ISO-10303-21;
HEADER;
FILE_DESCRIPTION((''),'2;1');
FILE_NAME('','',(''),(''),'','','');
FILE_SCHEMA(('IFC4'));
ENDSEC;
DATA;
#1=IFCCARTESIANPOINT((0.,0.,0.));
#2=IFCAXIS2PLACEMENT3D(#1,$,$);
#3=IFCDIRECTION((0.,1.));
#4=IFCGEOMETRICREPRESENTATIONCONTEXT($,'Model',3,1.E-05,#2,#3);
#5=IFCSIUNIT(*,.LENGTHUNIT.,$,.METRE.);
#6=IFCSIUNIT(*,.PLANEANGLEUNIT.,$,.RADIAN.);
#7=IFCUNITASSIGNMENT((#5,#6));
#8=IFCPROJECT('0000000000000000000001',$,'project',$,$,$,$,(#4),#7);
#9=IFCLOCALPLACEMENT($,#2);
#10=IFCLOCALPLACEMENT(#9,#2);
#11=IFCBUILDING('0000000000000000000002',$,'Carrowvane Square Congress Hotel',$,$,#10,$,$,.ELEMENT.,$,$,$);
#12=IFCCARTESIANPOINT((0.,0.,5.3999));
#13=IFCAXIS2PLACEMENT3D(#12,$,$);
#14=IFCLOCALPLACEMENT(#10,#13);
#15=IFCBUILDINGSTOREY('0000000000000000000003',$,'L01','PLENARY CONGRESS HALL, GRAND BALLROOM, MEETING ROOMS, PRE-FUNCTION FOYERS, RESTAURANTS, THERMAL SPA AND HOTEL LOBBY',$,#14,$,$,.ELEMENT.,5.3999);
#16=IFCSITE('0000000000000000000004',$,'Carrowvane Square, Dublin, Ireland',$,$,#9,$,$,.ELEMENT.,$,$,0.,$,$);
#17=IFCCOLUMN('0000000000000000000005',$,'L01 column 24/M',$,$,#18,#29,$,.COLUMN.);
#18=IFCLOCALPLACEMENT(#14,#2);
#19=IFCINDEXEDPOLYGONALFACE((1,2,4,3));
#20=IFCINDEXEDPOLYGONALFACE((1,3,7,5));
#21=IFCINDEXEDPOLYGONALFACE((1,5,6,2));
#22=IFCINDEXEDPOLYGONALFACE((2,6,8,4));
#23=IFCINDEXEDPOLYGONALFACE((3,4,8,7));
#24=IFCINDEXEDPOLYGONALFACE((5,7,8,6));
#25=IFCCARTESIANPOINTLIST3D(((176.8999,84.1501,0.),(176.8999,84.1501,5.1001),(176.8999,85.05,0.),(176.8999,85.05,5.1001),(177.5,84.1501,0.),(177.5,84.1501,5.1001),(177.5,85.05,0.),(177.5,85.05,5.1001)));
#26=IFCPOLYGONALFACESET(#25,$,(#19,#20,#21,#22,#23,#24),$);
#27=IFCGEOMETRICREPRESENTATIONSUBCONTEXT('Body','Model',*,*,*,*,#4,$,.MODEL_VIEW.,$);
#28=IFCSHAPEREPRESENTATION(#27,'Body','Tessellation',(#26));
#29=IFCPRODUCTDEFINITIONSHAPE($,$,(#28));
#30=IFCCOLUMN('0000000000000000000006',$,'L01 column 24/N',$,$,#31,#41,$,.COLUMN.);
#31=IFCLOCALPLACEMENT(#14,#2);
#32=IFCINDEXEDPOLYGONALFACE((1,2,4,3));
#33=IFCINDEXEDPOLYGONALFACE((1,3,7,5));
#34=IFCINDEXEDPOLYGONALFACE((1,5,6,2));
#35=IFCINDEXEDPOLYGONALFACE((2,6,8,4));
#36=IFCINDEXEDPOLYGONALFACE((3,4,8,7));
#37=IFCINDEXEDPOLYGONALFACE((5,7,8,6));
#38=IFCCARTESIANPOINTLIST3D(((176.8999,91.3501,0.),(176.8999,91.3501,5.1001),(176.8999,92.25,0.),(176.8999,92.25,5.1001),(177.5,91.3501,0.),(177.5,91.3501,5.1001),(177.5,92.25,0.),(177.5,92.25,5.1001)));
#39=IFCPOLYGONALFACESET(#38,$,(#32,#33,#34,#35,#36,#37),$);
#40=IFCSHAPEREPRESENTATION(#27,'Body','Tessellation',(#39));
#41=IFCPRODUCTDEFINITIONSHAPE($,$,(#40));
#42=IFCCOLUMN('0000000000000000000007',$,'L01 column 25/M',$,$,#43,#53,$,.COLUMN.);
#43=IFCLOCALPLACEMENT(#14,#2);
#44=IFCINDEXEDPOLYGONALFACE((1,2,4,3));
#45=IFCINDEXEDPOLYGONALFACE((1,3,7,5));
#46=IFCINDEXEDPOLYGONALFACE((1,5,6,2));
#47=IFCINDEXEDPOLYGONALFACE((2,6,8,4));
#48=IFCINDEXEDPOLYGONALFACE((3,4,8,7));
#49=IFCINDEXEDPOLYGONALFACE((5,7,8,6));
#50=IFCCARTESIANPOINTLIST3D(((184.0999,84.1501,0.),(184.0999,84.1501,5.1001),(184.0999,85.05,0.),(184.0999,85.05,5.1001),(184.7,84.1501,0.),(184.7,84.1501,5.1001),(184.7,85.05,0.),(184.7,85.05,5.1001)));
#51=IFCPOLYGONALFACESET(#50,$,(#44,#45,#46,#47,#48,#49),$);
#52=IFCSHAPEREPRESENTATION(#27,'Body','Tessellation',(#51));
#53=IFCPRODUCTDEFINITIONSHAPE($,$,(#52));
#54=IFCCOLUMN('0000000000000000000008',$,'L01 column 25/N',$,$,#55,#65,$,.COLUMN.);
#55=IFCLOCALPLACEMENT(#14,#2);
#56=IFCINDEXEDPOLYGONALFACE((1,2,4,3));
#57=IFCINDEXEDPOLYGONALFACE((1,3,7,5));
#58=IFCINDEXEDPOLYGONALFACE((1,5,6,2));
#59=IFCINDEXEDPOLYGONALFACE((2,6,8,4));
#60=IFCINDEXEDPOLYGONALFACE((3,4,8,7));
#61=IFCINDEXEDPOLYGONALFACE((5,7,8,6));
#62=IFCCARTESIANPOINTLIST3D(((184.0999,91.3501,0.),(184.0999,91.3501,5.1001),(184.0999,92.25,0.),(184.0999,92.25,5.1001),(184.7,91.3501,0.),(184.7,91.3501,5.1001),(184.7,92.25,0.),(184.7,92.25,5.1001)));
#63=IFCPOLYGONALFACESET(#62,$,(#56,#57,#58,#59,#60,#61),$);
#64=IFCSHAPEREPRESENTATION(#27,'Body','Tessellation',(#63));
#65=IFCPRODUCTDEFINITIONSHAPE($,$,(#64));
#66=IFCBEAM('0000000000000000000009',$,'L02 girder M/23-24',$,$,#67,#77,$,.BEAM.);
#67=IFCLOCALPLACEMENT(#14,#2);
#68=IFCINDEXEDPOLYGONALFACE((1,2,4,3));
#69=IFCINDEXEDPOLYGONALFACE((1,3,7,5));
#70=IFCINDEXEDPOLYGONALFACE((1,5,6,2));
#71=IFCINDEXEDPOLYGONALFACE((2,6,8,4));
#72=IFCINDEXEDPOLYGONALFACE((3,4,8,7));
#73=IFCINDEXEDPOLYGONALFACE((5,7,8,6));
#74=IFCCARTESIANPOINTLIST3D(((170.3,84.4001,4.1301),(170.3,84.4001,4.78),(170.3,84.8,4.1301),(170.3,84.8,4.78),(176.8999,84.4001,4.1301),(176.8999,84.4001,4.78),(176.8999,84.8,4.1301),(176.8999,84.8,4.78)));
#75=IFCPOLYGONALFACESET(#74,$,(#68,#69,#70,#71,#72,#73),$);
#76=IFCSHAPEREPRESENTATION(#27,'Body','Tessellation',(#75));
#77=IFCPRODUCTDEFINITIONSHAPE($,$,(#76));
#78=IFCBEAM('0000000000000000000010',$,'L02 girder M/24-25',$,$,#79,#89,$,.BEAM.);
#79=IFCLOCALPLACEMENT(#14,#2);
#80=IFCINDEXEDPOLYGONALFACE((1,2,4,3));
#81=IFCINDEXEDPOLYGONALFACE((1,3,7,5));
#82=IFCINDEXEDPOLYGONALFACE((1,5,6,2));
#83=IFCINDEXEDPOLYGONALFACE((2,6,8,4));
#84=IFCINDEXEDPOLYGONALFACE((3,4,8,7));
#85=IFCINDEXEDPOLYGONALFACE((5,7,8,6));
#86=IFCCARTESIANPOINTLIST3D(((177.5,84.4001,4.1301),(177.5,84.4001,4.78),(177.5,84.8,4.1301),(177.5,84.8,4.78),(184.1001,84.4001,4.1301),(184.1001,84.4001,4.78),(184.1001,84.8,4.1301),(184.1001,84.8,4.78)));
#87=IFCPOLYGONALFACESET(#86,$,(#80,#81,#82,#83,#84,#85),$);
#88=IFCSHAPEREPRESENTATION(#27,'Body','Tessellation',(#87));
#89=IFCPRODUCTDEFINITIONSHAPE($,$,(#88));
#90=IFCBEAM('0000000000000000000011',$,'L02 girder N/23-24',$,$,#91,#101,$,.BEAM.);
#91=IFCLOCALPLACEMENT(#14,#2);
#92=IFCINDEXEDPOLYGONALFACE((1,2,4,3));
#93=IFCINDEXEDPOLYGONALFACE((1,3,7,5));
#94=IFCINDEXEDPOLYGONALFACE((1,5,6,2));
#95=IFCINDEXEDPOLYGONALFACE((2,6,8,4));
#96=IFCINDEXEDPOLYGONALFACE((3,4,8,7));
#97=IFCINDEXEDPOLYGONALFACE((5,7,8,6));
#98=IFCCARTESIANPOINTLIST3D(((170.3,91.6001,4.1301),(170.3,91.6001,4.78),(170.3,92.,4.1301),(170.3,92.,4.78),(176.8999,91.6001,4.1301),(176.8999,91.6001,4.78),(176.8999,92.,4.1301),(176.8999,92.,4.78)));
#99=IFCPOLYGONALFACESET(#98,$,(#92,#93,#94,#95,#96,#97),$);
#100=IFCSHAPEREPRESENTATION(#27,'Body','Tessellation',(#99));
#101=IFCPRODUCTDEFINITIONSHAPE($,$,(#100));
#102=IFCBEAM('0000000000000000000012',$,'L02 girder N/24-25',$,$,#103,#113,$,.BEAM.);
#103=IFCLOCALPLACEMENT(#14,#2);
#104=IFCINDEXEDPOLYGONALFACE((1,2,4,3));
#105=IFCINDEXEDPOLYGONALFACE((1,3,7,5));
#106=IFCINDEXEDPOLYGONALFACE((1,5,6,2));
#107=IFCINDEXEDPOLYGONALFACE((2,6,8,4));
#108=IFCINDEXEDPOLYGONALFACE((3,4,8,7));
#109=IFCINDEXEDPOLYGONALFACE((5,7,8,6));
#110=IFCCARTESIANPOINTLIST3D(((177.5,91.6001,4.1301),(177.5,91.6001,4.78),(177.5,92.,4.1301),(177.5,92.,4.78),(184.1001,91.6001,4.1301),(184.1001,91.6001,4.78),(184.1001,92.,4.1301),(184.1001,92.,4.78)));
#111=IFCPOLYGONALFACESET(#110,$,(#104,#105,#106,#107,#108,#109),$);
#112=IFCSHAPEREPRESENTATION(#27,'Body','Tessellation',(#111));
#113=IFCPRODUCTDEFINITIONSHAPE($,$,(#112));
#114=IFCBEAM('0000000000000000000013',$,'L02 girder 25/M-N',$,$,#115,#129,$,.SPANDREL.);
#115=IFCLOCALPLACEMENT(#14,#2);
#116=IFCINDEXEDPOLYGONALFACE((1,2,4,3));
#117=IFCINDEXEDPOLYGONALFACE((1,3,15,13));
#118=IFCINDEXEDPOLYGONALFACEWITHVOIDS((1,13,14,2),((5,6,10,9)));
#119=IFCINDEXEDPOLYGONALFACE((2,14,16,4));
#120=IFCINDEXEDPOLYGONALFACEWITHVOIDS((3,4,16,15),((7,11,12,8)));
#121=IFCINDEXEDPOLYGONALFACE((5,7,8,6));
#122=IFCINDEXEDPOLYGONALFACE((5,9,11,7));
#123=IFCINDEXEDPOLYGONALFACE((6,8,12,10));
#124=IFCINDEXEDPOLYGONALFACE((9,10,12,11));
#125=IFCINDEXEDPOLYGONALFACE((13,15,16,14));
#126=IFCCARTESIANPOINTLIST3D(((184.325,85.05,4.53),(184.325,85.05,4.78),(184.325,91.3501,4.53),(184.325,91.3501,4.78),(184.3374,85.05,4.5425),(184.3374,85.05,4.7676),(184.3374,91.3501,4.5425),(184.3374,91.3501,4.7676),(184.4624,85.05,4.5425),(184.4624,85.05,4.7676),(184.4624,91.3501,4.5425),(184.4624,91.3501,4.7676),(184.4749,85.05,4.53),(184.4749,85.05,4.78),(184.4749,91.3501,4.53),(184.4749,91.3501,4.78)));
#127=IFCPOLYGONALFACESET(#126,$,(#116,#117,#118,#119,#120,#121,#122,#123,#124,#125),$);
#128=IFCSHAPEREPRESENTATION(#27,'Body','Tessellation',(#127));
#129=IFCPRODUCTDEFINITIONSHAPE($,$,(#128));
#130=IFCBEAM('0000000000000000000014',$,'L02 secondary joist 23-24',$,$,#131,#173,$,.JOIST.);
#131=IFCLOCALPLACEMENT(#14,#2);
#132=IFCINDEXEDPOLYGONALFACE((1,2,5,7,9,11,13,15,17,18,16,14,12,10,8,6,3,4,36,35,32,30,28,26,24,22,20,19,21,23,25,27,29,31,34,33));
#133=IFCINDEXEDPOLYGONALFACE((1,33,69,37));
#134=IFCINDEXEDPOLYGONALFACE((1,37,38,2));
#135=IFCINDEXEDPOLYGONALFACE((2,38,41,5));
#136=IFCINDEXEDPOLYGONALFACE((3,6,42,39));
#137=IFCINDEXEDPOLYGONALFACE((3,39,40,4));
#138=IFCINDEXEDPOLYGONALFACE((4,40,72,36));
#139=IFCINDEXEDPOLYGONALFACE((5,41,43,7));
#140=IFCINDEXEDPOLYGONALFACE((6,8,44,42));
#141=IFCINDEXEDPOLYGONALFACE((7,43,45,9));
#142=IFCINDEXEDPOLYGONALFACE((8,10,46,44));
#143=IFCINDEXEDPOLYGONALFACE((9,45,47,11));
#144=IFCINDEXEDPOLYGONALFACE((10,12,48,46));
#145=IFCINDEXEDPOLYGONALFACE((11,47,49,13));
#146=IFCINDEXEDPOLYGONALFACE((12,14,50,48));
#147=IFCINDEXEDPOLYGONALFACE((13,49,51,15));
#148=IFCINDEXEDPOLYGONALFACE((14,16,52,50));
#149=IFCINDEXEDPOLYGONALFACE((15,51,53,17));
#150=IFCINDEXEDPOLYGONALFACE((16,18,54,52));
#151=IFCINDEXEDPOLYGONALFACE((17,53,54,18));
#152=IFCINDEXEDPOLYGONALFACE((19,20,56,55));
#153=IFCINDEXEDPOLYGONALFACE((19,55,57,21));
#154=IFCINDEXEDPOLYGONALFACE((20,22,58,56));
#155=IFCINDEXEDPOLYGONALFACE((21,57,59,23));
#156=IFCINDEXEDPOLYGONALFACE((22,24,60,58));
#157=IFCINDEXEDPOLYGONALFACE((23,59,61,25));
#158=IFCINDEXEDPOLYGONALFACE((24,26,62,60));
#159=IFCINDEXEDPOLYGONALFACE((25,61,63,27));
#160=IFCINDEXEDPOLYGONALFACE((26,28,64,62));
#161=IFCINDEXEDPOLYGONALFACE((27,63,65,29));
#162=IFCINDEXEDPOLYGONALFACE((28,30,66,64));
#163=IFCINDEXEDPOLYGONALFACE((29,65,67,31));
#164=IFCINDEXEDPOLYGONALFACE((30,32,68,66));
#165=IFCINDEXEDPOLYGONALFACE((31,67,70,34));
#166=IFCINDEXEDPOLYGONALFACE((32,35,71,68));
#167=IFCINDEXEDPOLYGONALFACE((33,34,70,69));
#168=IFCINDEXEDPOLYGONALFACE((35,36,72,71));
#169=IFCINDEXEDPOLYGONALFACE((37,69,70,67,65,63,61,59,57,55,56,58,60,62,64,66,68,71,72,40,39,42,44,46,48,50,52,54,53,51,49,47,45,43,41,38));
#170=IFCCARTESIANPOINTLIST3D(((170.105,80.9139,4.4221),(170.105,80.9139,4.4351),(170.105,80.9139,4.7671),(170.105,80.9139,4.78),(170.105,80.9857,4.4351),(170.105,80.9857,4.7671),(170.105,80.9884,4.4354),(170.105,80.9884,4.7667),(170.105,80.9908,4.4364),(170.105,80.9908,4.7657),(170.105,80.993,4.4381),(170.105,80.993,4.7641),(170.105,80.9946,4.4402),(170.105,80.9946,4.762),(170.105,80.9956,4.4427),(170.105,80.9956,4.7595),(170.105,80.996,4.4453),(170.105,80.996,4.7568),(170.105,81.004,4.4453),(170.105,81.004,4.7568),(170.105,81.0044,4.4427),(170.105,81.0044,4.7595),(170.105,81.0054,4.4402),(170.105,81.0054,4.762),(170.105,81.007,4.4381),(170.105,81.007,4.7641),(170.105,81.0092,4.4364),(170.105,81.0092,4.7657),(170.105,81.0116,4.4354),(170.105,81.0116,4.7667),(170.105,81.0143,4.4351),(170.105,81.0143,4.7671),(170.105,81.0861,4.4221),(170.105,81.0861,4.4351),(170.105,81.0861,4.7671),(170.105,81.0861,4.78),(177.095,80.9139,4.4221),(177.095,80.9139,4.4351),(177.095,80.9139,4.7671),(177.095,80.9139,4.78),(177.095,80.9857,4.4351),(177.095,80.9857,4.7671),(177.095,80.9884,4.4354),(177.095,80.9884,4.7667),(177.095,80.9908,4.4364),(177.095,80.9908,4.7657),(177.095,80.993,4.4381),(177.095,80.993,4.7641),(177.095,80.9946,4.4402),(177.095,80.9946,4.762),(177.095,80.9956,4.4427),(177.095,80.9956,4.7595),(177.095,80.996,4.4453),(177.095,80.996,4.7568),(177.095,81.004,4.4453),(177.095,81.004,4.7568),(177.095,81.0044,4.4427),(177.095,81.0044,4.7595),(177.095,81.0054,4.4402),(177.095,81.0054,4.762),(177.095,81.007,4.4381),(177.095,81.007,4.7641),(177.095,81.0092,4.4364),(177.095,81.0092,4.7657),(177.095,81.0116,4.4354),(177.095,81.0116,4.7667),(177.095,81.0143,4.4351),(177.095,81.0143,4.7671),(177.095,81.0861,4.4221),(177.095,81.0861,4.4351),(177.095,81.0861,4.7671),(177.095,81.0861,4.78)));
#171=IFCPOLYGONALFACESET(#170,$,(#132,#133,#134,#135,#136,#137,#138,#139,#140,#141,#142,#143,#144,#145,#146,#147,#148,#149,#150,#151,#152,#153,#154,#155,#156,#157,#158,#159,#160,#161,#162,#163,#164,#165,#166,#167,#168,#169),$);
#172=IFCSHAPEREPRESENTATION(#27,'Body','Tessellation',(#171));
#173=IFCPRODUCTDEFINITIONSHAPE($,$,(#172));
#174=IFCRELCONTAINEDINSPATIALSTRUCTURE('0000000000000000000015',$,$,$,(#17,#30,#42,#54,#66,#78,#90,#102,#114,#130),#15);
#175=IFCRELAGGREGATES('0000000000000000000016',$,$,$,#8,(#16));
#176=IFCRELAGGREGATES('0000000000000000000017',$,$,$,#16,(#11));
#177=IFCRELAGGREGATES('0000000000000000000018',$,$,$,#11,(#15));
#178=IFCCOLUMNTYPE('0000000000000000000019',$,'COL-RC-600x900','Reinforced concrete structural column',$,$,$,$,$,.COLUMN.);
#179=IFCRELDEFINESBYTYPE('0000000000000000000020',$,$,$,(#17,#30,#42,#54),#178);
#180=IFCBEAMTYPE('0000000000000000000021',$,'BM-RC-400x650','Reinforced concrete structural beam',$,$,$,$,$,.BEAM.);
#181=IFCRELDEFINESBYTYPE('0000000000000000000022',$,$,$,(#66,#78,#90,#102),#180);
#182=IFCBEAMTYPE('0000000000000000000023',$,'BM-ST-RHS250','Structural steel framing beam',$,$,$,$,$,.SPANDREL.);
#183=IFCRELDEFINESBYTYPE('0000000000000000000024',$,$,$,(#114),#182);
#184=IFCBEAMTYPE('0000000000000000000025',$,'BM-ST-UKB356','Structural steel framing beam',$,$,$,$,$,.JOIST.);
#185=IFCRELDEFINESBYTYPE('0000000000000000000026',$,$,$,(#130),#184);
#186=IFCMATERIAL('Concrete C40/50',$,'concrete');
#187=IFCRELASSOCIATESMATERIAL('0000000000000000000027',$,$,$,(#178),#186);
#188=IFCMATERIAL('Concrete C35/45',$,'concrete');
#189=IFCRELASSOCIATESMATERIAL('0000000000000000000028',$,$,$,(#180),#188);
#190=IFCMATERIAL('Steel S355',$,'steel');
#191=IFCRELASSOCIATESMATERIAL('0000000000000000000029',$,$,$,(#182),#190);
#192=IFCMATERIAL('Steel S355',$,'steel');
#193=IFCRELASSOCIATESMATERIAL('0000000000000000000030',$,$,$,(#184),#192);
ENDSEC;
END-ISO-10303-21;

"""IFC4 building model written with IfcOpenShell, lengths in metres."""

from ifc_helpers import new_model, si_unit, direction, frame, origin, origin_2d, place, context, subcontext, project, spatial, rectangle, hollow_rectangle, i_section, extrude, material, material_profile, profile_set, type_object, element, save


model = new_model("IFC4")

# Units and contexts
model_context = context("Model", 3, precision=1e-05, world=origin(), true_north=direction((0.0, 1.0)))
body_context = subcontext(model_context, "Body", "Model", "MODEL_VIEW")
ifc_project = project(units=[si_unit("LENGTHUNIT", "METRE"), si_unit("PLANEANGLEUNIT", "RADIAN")], contexts=[model_context])

# Site, building, storey
site_placement = place(None, origin())
site = spatial("IfcSite", under=ifc_project, at=site_placement, Name="Carrowvane Square, Dublin, Ireland", CompositionType="ELEMENT", RefElevation=0.0)
building_placement = place(site_placement, origin())
building = spatial("IfcBuilding", under=site, at=building_placement, Name="Carrowvane Square Congress Hotel", CompositionType="ELEMENT")
storey_placement = place(building_placement, frame((0.0, 0.0, 5.3999)))
storey = spatial("IfcBuildingStorey", under=building, at=storey_placement, Name="L01", Description="PLENARY CONGRESS HALL, GRAND BALLROOM, MEETING ROOMS, PRE-FUNCTION FOYERS, RESTAURANTS, THERMAL SPA AND HOTEL LOBBY", CompositionType="ELEMENT", Elevation=5.3999)

# Columns
ifc_material_1 = material(Name="Concrete C40/50", Category="concrete")
ifc_material_profile_1 = material_profile(ifc_material_1, rectangle(XDim=0.6001, YDim=0.8999, at=origin_2d()), Name="RC 600x900")
ifc_profile_set_1 = profile_set([ifc_material_profile_1], Name="Concrete C40/50")
column_type = type_object("IfcColumnType", Name="COL-RC-600x900", Description="Reinforced concrete structural column", PredefinedType="COLUMN", material=ifc_profile_set_1)
for number, where, z_axis, x_axis, name in (
    (1, (177.2, 84.6001, 0.0), (0.0, 0.0, 1.0), (1.0, 0.0, 0.0), "L01 column 24/M"),
    (2, (177.2, 91.8, 0.0), (0.0, 0.0, 1.0), (1.0, 0.0, 0.0), "L01 column 24/N"),
    (3, (184.3999, 84.6001, 0.0), (0.0, 0.0, 1.0), (1.0, 0.0, 0.0), "L01 column 25/M"),
    (4, (184.3999, 91.8, 0.0), (0.0, 0.0, 1.0), (1.0, 0.0, 0.0), "L01 column 25/N"),
):
    element("IfcColumn", number, at=place(storey_placement, frame(where, z_axis=z_axis, x_axis=x_axis)), inside=storey, type_object=column_type, Name=name, PredefinedType="COLUMN", context=body_context, shape_type="SweptSolid", body=[
        extrude(rectangle(XDim=0.6001, YDim=0.8999, at=origin_2d()), origin(), (0.0, 0.0, 1.0), 5.1001),
    ])

# Beams
ifc_material_2 = material(Name="Concrete C35/45", Category="concrete")
ifc_material_profile_2 = material_profile(ifc_material_2, rectangle(XDim=0.3999, YDim=0.6499, at=origin_2d()), Name="RC 400x650")
ifc_profile_set_2 = profile_set([ifc_material_profile_2], Name="Concrete C35/45")
beam_type_1 = type_object("IfcBeamType", Name="BM-RC-400x650", Description="Reinforced concrete structural beam", PredefinedType="BEAM", material=ifc_profile_set_2)
beam_1_placement = place(storey_placement, frame((170.3, 84.6001, 4.4551), z_axis=(1.0, 0.0, 0.0), x_axis=(0.0, 1.0, 0.0)))
element("IfcBeam", 5, at=beam_1_placement, inside=storey, type_object=beam_type_1, Name="L02 girder M/23-24", PredefinedType="BEAM", context=body_context, shape_type="SweptSolid", body=[
    extrude(rectangle(XDim=0.3999, YDim=0.6499, at=origin_2d()), origin(), (0.0, 0.0, 1.0), 6.5999),
])
beam_2_placement = place(storey_placement, frame((177.5, 84.6001, 4.4551), z_axis=(1.0, 0.0, 0.0), x_axis=(0.0, 1.0, 0.0)))
element("IfcBeam", 6, at=beam_2_placement, inside=storey, type_object=beam_type_1, Name="L02 girder M/24-25", PredefinedType="BEAM", context=body_context, shape_type="SweptSolid", body=[
    extrude(rectangle(XDim=0.3999, YDim=0.6499, at=origin_2d()), origin(), (0.0, 0.0, 1.0), 6.6001),
])
beam_3_placement = place(storey_placement, frame((170.3, 91.8, 4.4551), z_axis=(1.0, 0.0, 0.0), x_axis=(0.0, 1.0, 0.0)))
element("IfcBeam", 7, at=beam_3_placement, inside=storey, type_object=beam_type_1, Name="L02 girder N/23-24", PredefinedType="BEAM", context=body_context, shape_type="SweptSolid", body=[
    extrude(rectangle(XDim=0.3999, YDim=0.6499, at=origin_2d()), origin(), (0.0, 0.0, 1.0), 6.5999),
])
beam_4_placement = place(storey_placement, frame((177.5, 91.8, 4.4551), z_axis=(1.0, 0.0, 0.0), x_axis=(0.0, 1.0, 0.0)))
element("IfcBeam", 8, at=beam_4_placement, inside=storey, type_object=beam_type_1, Name="L02 girder N/24-25", PredefinedType="BEAM", context=body_context, shape_type="SweptSolid", body=[
    extrude(rectangle(XDim=0.3999, YDim=0.6499, at=origin_2d()), origin(), (0.0, 0.0, 1.0), 6.6001),
])
ifc_material_3 = material(Name="Steel S355", Category="steel")
ifc_material_profile_3 = material_profile(ifc_material_3, hollow_rectangle(XDim=0.1499, YDim=0.25, WallThickness=0.0125, at=origin_2d()), Name="RHS 250x150x12.5")
ifc_profile_set_3 = profile_set([ifc_material_profile_3], Name="Steel S355")
beam_type_2 = type_object("IfcBeamType", Name="BM-ST-RHS250", Description="Structural steel framing beam", PredefinedType="SPANDREL", material=ifc_profile_set_3)
beam_5_placement = place(storey_placement, frame((184.3999, 85.05, 4.655), z_axis=(0.0, 1.0, 0.0), x_axis=(-1.0, 0.0, 0.0)))
element("IfcBeam", 9, at=beam_5_placement, inside=storey, type_object=beam_type_2, Name="L02 girder 25/M-N", PredefinedType="SPANDREL", context=body_context, shape_type="SweptSolid", body=[
    extrude(hollow_rectangle(XDim=0.1499, YDim=0.25, WallThickness=0.0125, at=origin_2d()), origin(), (0.0, 0.0, 1.0), 6.3),
])
ifc_material_4 = material(Name="Steel S355", Category="steel")
ifc_material_profile_4 = material_profile(ifc_material_4, i_section(OverallWidth=0.1721, OverallDepth=0.3579, WebThickness=0.0081, FlangeThickness=0.0129, FilletRadius=0.0103, at=origin_2d()), Name="UKB 356x171x57")
ifc_profile_set_4 = profile_set([ifc_material_profile_4], Name="Steel S355")
beam_type_3 = type_object("IfcBeamType", Name="BM-ST-UKB356", Description="Structural steel framing beam", PredefinedType="JOIST", material=ifc_profile_set_4)
for number, where, z_axis, x_axis, name in (
    (10, (170.105, 81.0, 4.6011), (1.0, 0.0, 0.0), (0.0, 1.0, 0.0), "L02 secondary joist 23-24"),
):
    element("IfcBeam", number, at=place(storey_placement, frame(where, z_axis=z_axis, x_axis=x_axis)), inside=storey, type_object=beam_type_3, Name=name, PredefinedType="JOIST", context=body_context, shape_type="SweptSolid", body=[
        extrude(i_section(OverallWidth=0.1721, OverallDepth=0.3579, WebThickness=0.0081, FlangeThickness=0.0129, FilletRadius=0.0103, at=origin_2d()), origin(), (0.0, 0.0, 1.0), 6.99),
    ])

save(model, "model.ifc")
